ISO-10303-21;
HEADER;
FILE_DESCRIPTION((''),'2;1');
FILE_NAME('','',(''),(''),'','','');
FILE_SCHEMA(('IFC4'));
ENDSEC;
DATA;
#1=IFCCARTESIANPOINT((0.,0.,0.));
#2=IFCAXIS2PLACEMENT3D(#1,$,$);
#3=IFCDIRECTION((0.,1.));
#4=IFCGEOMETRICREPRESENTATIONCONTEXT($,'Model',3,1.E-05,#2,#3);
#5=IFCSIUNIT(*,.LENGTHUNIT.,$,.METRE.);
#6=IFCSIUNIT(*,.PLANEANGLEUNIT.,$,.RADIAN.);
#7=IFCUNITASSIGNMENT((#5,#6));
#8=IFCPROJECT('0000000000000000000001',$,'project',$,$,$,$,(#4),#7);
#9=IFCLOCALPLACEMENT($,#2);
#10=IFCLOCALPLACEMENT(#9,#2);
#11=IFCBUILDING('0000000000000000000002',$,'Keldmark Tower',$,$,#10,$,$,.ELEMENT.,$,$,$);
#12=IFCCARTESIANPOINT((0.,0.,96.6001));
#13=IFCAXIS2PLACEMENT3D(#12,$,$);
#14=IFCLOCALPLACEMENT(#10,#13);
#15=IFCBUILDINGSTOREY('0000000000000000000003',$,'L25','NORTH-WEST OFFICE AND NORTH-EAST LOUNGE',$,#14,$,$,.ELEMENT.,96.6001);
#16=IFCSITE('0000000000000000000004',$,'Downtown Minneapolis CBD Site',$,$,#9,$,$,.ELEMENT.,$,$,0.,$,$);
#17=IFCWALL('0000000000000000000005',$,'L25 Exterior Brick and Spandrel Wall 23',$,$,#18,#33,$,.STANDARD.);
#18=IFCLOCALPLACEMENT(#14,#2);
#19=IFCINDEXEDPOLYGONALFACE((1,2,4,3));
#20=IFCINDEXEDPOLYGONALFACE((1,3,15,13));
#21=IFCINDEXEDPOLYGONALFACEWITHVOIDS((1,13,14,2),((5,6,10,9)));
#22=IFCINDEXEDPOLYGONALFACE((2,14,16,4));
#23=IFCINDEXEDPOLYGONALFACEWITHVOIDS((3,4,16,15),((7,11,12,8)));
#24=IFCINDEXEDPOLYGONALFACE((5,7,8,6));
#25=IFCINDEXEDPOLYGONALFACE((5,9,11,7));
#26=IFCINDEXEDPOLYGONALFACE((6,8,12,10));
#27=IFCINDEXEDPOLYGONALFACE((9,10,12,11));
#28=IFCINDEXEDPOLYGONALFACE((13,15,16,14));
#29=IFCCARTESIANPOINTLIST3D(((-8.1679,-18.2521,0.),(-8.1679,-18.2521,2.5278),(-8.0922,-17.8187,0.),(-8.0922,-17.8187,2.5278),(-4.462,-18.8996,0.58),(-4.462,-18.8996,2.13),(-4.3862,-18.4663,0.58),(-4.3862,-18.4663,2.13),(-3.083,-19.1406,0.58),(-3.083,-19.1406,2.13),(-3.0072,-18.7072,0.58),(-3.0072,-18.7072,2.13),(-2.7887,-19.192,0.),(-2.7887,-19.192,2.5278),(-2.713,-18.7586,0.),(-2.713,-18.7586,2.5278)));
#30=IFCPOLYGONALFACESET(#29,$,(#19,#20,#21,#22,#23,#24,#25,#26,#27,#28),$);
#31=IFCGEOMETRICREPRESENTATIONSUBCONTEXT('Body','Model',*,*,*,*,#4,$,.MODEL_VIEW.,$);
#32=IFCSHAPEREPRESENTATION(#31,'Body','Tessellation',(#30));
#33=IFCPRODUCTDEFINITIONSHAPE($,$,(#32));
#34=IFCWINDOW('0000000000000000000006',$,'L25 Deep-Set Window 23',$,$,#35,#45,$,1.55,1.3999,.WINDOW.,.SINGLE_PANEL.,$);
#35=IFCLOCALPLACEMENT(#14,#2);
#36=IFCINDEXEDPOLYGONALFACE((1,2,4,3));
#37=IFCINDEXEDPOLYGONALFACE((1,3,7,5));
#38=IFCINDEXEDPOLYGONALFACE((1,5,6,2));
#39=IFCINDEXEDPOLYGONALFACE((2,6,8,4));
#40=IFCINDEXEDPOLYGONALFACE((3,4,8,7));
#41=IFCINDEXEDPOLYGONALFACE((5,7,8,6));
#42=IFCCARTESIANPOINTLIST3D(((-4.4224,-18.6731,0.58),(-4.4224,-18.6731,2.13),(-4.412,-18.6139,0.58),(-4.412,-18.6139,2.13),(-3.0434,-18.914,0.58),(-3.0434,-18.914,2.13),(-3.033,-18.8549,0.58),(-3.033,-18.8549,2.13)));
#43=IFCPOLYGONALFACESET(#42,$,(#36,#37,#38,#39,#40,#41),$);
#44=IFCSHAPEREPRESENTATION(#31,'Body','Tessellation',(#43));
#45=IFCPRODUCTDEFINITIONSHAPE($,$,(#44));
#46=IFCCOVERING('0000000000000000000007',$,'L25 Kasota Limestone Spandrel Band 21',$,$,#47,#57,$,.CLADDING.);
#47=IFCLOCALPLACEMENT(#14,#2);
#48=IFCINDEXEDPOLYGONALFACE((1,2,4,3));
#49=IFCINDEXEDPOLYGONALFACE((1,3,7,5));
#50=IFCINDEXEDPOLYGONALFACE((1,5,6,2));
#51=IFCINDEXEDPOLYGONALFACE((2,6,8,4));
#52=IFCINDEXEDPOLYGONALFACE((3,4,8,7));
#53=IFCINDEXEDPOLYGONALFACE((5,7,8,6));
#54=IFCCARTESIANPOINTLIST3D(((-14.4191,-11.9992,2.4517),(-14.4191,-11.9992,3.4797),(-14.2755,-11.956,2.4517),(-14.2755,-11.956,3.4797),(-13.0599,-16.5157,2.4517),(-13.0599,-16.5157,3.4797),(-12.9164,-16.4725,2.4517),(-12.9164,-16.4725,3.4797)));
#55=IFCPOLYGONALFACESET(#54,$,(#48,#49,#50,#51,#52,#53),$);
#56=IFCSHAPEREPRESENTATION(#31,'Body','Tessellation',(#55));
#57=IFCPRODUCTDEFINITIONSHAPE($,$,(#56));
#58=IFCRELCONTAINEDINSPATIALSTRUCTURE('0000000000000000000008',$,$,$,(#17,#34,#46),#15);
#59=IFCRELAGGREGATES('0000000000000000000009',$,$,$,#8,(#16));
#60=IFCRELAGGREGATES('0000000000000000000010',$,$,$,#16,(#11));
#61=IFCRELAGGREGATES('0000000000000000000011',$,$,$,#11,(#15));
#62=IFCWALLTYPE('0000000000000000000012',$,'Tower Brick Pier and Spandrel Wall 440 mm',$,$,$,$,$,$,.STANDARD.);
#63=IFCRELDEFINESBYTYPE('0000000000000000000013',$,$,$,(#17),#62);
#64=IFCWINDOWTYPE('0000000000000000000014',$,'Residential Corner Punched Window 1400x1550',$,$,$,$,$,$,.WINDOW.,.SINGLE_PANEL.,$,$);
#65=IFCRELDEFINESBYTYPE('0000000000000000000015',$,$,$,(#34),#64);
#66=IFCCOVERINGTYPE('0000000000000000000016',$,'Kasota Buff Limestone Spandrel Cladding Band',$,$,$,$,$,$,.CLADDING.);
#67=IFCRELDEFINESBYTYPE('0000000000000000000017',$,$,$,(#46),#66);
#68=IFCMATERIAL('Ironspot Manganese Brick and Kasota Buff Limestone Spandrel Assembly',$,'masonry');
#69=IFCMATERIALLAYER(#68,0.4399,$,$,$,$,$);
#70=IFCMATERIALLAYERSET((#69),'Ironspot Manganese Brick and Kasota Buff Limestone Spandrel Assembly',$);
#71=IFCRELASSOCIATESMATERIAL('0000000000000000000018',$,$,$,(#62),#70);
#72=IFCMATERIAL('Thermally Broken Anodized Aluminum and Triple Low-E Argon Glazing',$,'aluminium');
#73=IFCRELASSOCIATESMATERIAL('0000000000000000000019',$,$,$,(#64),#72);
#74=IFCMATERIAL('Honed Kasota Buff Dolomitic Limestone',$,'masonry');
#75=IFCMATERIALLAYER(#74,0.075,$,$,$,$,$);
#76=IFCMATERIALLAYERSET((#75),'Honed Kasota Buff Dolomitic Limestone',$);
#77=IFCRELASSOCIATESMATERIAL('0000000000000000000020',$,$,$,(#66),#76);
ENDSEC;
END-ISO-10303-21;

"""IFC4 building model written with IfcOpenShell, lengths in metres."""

from ifc_helpers import new_model, si_unit, direction, frame, frame_2d, origin, origin_2d, place, context, subcontext, project, spatial, rectangle, extrude, material, layer, layer_set, type_object, element, fill, save


model = new_model("IFC4")

# Units and contexts
model_context = context("Model", 3, precision=1e-05, world=origin(), true_north=direction((0.0, 1.0)))
body_context = subcontext(model_context, "Body", "Model", "MODEL_VIEW")
ifc_project = project(units=[si_unit("LENGTHUNIT", "METRE"), si_unit("PLANEANGLEUNIT", "RADIAN")], contexts=[model_context])

# Site, building, storey
site_placement = place(None, origin())
site = spatial("IfcSite", under=ifc_project, at=site_placement, Name="Downtown Minneapolis CBD Site", CompositionType="ELEMENT", RefElevation=0.0)
building_placement = place(site_placement, origin())
building = spatial("IfcBuilding", under=site, at=building_placement, Name="Keldmark Tower", CompositionType="ELEMENT")
storey_placement = place(building_placement, frame((0.0, 0.0, 96.6001)))
storey = spatial("IfcBuildingStorey", under=building, at=storey_placement, Name="L25", Description="NORTH-WEST OFFICE AND NORTH-EAST LOUNGE", CompositionType="ELEMENT", Elevation=96.6001)

# Shared definitions
ifc_material_1 = material(Name="Ironspot Manganese Brick and Kasota Buff Limestone Spandrel Assembly", Category="masonry")
ifc_layer_1 = layer(ifc_material_1, 0.4399)
ifc_layer_set_1 = layer_set([ifc_layer_1], Name="Ironspot Manganese Brick and Kasota Buff Limestone Spandrel Assembly")
wall_type_1 = type_object("IfcWallType", Name="Tower Brick Pier and Spandrel Wall 440 mm", PredefinedType="STANDARD", material=ifc_layer_set_1)

# Wall, opening, window
wall_1_placement = place(storey_placement, frame((-2.7507, -18.9753, 0.0), z_axis=(0.0, 0.0, 1.0), x_axis=(-0.985074, 0.17213, 0.0)))
wall_1 = element("IfcWall", 1, at=wall_1_placement, inside=storey, type_object=wall_type_1, Name="L25 Exterior Brick and Spandrel Wall 23", PredefinedType="STANDARD", context=body_context, shape_type="SweptSolid", body=[
    extrude(rectangle(XDim=5.4607, YDim=0.4399, at=frame_2d((2.7305, 0.0))), origin(), (0.0, 0.0, 1.0), 2.5278),
])
opening_1_placement = place(wall_1_placement, frame((0.2988, 0.0, 0.5801)))
opening_1 = element("IfcOpeningElement", 2, at=opening_1_placement, cuts=wall_1, PredefinedType="OPENING", context=body_context, shape_type="SweptSolid", body=[
    extrude(rectangle(XDim=1.3999, YDim=1.55, at=frame_2d((0.7, 0.7749))), frame((0.0, 0.23, 0.0), z_axis=(0.0, -1.0, 0.0), x_axis=(1.0, 0.0, 0.0)), (0.0, 0.0, 1.0), 0.46),
])
ifc_material_2 = material(Name="Thermally Broken Anodized Aluminum and Triple Low-E Argon Glazing", Category="aluminium")
window_type_1 = type_object("IfcWindowType", Name="Residential Corner Punched Window 1400x1550", PartitioningType="SINGLE_PANEL", PredefinedType="WINDOW", material=ifc_material_2)
window_1_placement = place(opening_1_placement, origin())
window_1 = element("IfcWindow", 3, at=window_1_placement, inside=storey, type_object=window_type_1, Name="L25 Deep-Set Window 23", OverallHeight=1.55, OverallWidth=1.3999, PartitioningType="SINGLE_PANEL", PredefinedType="WINDOW", context=body_context, shape_type="SweptSolid", body=[
    extrude(rectangle(XDim=1.3999, YDim=1.55, at=frame_2d((0.7, 0.7749))), frame((0.0, -0.01, 0.0), z_axis=(0.0, -1.0, 0.0), x_axis=(1.0, 0.0, 0.0)), (0.0, 0.0, 1.0), 0.0601),
])
fill(opening_1, window_1)

# Covering
ifc_material_3 = material(Name="Honed Kasota Buff Dolomitic Limestone", Category="masonry")
ifc_layer_2 = layer(ifc_material_3, 0.075)
ifc_layer_set_2 = layer_set([ifc_layer_2], Name="Honed Kasota Buff Dolomitic Limestone")
covering_type = type_object("IfcCoveringType", Name="Kasota Buff Limestone Spandrel Cladding Band", PredefinedType="CLADDING", material=ifc_layer_set_2)
covering_placement = place(storey_placement, frame((-13.6677, -14.2358, 2.4517), z_axis=(0.0, 0.0, 1.0), x_axis=(0.288163, -0.957581, 0.0)))
element("IfcCovering", 4, at=covering_placement, inside=storey, type_object=covering_type, Name="L25 Kasota Limestone Spandrel Band 21", PredefinedType="CLADDING", context=body_context, shape_type="SweptSolid", body=[
    extrude(rectangle(XDim=4.7166, YDim=0.1499, at=origin_2d()), origin(), (0.0, 0.0, 1.0), 1.0281),
])

save(model, "model.ifc")
